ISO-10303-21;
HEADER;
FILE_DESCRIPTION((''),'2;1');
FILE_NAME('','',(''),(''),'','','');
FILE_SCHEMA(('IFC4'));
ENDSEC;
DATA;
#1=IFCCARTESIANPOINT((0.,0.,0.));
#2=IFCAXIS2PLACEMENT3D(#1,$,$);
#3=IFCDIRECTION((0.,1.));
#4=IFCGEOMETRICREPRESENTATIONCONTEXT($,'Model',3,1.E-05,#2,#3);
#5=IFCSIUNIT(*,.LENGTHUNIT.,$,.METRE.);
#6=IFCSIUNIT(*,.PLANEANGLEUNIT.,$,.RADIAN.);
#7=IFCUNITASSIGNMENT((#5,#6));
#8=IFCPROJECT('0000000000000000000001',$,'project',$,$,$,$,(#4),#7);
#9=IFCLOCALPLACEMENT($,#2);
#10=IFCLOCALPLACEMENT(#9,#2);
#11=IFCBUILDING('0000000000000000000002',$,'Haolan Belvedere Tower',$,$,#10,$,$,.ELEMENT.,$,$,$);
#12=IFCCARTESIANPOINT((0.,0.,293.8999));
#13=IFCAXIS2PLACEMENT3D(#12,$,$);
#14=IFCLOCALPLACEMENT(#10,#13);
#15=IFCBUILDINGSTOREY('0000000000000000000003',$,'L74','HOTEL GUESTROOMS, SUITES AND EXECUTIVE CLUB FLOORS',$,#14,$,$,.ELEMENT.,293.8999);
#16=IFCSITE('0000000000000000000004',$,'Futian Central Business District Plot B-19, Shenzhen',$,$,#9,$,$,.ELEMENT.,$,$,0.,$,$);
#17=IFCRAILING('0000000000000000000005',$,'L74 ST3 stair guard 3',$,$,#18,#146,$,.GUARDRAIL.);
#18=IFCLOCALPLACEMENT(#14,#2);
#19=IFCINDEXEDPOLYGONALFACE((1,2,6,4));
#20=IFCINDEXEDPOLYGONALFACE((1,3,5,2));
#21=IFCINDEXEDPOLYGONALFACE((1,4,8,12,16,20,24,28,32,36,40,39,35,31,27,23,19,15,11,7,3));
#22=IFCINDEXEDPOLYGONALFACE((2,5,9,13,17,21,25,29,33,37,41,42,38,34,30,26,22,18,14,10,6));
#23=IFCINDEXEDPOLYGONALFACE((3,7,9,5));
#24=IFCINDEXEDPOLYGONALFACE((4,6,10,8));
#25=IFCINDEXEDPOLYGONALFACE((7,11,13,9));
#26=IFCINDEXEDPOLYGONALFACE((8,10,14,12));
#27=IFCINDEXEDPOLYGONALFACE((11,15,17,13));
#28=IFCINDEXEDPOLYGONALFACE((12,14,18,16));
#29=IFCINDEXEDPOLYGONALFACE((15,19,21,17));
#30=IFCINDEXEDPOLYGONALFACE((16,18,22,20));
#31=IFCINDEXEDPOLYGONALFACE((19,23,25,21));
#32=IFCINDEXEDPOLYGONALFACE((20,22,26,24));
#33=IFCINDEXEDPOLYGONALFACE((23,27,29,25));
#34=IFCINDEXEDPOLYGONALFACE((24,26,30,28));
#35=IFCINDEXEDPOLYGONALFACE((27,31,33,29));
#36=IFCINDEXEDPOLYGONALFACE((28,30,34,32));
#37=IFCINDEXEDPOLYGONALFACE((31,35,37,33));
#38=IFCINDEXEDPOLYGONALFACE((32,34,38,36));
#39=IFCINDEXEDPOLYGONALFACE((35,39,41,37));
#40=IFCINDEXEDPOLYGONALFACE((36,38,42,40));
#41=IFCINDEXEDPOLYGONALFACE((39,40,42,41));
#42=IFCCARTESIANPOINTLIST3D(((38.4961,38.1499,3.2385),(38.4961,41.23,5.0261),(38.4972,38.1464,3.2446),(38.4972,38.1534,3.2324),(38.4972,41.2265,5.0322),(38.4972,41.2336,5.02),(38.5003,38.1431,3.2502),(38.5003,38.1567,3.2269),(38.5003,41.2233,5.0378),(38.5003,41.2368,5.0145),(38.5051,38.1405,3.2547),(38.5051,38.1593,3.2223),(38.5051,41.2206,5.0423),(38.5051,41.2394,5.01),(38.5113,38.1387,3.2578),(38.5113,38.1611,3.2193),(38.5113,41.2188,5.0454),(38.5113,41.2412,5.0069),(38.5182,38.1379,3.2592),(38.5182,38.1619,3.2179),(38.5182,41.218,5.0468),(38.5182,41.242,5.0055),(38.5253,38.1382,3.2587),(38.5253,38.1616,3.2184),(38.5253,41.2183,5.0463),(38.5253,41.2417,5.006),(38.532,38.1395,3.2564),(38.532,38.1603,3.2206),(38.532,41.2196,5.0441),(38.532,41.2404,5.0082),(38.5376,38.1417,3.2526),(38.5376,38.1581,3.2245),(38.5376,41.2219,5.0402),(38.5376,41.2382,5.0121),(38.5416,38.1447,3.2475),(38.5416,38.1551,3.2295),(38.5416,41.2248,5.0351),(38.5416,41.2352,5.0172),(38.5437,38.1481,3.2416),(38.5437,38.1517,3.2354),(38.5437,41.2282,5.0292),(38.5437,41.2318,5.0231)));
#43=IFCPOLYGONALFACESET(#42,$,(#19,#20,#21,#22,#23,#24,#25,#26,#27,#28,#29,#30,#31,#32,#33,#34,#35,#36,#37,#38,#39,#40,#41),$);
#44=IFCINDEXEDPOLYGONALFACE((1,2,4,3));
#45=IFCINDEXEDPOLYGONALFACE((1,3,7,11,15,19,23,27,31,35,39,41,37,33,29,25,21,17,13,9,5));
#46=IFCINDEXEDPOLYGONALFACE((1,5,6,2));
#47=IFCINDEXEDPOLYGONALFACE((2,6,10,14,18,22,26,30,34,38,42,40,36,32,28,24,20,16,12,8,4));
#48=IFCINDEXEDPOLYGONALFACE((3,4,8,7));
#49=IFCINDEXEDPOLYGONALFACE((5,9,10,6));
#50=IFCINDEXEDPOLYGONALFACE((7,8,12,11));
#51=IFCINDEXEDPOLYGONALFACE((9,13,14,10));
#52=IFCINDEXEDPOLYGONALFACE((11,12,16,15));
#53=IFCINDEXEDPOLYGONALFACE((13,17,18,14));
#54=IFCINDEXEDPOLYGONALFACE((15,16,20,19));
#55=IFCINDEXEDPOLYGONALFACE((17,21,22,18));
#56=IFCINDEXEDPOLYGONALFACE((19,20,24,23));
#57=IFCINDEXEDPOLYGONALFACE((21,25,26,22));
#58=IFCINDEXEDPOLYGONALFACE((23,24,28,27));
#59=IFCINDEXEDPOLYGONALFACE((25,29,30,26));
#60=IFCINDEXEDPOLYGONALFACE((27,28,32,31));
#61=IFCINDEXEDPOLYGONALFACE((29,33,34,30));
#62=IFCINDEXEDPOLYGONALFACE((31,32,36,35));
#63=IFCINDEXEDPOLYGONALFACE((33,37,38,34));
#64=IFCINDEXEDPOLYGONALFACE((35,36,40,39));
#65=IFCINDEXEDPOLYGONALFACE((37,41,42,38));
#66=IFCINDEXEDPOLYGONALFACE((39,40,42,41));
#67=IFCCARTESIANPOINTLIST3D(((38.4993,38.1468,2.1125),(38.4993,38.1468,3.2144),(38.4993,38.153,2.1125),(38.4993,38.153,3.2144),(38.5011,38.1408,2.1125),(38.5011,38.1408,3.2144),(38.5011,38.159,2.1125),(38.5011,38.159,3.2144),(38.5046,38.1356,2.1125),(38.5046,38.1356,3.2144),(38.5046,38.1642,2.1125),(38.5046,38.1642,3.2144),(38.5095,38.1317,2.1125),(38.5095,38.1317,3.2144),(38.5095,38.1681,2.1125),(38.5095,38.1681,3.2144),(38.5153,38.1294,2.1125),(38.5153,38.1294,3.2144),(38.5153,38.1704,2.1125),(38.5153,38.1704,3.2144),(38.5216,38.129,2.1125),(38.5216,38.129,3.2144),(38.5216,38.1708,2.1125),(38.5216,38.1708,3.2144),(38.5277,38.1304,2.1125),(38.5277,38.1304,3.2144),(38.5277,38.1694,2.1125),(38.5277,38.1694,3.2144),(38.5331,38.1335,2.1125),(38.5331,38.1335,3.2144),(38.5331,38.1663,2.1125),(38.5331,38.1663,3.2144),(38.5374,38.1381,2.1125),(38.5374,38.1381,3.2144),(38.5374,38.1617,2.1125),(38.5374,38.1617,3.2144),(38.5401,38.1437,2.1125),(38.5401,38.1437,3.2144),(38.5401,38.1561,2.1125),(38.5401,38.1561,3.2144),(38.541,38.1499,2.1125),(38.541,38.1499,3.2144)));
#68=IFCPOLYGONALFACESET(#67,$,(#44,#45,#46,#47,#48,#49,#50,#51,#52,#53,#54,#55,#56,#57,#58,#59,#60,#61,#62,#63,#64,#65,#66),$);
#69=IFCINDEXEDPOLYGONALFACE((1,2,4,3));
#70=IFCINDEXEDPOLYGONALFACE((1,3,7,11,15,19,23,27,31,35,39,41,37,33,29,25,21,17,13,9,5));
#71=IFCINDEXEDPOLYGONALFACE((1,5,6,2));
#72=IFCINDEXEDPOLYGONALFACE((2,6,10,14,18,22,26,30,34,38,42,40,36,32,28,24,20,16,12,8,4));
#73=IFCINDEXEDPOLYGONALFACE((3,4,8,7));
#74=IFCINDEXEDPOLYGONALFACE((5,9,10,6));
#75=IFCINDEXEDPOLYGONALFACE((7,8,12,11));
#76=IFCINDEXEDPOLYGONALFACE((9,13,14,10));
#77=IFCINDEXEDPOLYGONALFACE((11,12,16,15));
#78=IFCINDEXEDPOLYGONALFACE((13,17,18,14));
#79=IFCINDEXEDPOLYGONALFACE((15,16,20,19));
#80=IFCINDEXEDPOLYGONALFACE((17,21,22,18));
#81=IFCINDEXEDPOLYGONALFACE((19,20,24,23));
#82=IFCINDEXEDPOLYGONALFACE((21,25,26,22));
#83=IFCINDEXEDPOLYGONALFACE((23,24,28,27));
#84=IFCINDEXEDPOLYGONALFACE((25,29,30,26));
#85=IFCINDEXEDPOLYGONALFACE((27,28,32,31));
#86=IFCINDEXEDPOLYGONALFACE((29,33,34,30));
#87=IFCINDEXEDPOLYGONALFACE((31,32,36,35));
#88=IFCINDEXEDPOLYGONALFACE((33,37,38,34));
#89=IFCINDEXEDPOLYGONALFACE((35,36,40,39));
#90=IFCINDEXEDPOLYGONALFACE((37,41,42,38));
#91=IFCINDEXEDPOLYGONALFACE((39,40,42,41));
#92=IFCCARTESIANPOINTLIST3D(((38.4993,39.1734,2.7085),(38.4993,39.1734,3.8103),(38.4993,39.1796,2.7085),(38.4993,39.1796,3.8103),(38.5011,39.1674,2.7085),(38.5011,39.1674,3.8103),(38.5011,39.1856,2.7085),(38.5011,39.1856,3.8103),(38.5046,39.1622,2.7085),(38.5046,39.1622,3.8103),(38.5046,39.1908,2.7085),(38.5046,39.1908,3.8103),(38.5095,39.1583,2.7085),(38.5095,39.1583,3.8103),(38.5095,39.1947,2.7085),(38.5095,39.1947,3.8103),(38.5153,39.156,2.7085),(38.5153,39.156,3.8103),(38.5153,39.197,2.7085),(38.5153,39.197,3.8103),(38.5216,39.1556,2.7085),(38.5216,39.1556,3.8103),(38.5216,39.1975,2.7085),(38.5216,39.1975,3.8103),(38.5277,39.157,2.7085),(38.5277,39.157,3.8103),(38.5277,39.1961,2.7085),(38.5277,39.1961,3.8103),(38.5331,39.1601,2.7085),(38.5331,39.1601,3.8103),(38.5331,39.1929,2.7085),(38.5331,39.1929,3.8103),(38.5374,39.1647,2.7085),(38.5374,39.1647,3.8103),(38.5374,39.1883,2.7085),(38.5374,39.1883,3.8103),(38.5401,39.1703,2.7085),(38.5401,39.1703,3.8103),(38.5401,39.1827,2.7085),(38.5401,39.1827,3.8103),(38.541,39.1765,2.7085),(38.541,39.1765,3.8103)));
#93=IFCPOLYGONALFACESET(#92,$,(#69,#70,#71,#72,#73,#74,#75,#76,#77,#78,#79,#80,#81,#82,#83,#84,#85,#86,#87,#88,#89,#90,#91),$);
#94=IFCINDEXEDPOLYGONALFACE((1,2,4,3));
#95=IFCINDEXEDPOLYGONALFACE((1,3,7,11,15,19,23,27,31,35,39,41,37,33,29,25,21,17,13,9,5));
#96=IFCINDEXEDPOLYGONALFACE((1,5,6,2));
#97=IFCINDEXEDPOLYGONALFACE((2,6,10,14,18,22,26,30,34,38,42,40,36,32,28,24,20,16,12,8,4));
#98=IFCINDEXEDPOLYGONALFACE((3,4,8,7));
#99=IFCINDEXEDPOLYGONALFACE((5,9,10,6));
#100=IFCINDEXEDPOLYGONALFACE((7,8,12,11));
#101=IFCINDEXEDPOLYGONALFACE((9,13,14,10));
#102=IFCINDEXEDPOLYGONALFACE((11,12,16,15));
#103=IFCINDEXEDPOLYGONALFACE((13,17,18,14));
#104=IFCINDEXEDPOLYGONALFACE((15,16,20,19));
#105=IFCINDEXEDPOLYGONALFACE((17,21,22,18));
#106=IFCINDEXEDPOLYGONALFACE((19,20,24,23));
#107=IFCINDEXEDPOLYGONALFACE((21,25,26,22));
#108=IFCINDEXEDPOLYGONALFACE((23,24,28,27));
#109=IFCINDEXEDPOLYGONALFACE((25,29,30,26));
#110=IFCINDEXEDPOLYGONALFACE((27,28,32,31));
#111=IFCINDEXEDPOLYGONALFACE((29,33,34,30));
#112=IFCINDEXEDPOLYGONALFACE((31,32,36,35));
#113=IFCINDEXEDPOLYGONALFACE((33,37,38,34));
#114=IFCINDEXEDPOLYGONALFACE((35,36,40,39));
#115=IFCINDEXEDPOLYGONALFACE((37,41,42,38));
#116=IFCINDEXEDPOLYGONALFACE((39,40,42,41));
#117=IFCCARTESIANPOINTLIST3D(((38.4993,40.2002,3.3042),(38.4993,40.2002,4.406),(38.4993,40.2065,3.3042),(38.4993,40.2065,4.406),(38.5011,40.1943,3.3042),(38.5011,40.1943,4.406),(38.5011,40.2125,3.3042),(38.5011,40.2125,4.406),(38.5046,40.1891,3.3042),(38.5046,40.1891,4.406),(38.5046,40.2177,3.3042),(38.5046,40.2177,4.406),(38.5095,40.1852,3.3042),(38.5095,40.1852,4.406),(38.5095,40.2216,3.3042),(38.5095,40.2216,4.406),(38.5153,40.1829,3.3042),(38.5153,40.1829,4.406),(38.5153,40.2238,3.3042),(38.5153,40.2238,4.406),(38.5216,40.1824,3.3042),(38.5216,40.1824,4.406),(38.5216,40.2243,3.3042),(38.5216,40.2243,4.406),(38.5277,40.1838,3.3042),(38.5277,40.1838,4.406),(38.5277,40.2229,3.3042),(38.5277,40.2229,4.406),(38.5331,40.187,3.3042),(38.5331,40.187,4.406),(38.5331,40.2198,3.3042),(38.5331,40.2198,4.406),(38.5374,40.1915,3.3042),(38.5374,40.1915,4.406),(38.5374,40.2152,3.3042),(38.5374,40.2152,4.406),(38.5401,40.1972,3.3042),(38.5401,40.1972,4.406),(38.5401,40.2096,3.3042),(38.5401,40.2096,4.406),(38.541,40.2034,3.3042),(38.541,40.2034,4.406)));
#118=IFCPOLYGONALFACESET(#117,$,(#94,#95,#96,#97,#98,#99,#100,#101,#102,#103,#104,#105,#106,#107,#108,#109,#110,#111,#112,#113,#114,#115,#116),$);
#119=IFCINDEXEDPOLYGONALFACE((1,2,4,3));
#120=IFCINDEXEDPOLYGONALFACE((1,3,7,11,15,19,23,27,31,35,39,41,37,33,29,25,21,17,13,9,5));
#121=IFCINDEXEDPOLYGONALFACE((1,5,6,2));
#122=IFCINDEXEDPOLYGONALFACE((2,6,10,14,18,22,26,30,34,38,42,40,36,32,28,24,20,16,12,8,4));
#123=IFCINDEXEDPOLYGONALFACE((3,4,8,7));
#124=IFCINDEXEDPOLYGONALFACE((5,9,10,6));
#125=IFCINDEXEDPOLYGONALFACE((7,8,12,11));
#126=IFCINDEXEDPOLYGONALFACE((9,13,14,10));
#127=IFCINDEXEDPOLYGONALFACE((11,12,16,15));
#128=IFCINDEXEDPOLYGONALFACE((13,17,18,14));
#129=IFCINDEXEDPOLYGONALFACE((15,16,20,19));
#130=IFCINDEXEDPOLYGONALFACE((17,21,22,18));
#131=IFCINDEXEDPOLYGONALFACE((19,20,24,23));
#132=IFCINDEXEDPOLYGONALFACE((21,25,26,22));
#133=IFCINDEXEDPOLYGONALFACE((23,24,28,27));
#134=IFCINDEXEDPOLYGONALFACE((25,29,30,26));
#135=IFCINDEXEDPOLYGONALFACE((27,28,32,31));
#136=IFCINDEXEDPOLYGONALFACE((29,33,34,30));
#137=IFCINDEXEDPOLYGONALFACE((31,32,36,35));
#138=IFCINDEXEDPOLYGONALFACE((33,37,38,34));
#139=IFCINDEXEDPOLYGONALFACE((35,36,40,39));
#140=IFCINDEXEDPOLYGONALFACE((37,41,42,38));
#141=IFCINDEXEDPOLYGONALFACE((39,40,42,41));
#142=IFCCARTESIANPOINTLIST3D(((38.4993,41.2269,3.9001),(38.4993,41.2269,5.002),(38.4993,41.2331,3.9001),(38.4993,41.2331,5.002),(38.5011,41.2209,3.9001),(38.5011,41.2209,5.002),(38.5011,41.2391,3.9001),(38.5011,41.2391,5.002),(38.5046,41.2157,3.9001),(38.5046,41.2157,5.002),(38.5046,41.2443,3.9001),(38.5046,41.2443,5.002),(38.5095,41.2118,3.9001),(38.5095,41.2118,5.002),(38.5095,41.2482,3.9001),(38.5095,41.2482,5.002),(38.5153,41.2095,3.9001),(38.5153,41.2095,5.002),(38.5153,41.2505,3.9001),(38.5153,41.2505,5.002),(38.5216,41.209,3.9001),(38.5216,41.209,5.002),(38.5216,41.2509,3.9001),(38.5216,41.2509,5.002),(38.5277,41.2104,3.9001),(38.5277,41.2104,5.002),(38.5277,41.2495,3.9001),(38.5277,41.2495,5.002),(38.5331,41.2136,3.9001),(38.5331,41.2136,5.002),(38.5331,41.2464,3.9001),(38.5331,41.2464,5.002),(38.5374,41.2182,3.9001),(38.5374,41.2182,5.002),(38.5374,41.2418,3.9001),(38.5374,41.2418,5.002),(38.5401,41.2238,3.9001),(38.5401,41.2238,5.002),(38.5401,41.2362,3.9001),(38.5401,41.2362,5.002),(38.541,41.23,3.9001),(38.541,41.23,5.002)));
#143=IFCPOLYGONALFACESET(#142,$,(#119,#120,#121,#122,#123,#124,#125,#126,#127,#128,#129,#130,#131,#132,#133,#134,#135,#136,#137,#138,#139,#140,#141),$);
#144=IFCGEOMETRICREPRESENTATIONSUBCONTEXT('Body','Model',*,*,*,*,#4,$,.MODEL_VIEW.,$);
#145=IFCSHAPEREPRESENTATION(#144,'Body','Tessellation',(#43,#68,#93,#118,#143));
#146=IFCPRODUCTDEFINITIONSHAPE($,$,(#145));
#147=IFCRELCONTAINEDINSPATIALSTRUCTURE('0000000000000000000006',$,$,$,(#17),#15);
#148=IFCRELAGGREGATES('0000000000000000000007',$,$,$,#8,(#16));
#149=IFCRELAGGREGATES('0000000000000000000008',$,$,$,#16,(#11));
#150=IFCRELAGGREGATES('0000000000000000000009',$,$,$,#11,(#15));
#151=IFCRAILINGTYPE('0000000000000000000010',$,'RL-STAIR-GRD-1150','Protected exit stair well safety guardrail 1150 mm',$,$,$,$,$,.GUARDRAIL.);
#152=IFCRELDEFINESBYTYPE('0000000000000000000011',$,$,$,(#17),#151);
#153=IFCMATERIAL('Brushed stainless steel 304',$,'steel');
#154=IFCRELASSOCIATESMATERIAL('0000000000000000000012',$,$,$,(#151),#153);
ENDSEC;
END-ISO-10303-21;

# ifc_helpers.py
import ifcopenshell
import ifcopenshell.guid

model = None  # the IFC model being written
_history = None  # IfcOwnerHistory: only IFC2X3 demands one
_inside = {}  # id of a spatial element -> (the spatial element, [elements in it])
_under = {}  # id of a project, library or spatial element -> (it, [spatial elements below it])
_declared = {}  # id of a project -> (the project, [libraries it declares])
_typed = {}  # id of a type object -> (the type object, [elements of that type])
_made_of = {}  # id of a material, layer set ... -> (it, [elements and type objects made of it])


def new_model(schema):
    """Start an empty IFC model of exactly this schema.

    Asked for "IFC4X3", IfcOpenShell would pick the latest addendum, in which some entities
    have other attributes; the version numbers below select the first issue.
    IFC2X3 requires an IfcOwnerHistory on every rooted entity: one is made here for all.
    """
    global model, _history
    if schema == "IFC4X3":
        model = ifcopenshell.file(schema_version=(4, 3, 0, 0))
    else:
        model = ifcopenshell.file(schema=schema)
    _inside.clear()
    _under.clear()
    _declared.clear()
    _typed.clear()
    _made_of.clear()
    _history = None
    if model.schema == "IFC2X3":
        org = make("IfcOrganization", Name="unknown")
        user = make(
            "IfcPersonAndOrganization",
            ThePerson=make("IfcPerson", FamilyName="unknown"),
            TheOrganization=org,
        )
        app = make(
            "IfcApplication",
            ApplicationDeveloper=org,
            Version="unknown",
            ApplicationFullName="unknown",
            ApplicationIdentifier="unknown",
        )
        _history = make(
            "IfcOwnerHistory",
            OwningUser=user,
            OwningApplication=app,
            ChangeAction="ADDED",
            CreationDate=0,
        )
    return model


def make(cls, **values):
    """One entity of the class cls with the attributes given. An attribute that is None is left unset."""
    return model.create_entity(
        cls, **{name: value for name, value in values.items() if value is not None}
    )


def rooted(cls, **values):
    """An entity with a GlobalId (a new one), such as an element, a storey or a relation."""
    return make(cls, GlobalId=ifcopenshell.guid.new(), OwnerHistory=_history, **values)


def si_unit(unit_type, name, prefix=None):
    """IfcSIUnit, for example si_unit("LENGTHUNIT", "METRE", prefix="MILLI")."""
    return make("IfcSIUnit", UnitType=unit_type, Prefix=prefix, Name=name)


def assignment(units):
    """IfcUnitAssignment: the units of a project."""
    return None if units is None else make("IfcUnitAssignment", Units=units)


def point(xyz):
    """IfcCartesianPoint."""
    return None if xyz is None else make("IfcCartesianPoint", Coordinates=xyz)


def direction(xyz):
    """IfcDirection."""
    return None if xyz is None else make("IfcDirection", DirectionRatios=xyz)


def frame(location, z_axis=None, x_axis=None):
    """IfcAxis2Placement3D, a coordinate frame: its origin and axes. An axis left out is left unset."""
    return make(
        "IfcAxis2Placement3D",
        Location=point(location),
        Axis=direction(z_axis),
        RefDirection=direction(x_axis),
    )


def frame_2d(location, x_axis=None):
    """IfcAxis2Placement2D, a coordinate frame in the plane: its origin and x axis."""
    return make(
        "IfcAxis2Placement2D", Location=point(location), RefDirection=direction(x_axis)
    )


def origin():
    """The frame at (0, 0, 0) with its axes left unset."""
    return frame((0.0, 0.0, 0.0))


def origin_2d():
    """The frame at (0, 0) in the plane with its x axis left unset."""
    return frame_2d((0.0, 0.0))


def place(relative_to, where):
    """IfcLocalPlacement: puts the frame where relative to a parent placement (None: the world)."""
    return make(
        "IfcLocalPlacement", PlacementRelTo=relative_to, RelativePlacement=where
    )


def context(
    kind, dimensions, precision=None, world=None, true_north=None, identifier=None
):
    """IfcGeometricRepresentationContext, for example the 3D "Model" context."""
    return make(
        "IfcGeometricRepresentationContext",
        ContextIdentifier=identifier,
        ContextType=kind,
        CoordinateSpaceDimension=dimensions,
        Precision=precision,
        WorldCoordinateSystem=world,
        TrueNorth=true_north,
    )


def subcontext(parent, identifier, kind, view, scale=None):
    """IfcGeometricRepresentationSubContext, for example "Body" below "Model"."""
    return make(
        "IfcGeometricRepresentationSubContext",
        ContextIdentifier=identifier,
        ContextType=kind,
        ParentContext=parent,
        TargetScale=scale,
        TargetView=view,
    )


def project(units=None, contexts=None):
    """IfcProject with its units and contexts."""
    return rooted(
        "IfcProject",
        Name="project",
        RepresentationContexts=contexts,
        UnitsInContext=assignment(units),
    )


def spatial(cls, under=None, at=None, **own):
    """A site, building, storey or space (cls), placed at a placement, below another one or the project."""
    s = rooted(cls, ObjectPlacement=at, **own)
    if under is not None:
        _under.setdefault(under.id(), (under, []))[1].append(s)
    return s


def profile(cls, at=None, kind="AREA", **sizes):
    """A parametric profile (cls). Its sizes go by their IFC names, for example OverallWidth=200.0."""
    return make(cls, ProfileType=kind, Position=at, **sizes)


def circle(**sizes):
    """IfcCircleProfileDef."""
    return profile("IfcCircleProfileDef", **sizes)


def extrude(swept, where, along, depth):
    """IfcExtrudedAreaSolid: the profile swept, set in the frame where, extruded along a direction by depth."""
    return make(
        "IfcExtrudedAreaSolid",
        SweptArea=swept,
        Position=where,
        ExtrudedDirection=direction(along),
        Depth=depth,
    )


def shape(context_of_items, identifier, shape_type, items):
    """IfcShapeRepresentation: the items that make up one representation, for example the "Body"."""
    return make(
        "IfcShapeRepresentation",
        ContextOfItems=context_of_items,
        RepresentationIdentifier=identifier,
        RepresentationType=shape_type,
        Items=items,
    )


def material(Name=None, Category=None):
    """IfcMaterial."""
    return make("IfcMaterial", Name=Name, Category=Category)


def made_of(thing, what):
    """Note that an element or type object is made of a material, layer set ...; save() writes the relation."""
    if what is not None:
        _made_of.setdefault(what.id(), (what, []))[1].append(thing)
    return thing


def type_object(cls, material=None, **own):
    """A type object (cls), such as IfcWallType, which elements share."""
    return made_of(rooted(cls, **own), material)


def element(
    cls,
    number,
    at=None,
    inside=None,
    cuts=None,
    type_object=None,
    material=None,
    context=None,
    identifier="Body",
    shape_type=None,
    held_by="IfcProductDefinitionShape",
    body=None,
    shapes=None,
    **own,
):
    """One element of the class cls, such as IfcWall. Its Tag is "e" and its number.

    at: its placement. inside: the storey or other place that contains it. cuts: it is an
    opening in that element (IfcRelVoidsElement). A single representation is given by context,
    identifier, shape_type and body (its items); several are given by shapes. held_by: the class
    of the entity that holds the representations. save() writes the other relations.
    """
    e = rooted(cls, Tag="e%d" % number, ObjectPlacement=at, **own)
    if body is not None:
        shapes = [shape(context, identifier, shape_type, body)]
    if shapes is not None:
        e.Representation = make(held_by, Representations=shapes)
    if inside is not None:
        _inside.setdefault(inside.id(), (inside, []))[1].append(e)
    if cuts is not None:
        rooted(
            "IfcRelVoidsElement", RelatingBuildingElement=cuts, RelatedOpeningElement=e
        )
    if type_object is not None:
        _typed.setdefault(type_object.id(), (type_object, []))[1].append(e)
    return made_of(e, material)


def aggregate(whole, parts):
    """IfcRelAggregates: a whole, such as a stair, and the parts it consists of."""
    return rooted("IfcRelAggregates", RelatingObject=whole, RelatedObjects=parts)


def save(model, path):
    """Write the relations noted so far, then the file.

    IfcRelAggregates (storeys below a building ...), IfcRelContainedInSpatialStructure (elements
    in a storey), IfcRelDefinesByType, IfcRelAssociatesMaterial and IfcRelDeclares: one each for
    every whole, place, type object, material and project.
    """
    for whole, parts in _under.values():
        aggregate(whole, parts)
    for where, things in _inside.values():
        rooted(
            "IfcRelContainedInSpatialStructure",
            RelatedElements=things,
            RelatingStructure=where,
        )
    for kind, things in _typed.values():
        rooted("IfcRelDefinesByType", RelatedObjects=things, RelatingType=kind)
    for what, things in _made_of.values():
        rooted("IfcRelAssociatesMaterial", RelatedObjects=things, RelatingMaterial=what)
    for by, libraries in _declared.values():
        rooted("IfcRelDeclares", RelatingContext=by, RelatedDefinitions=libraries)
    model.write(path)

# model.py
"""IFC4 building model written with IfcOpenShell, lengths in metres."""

from ifc_helpers import new_model, si_unit, direction, frame, origin, origin_2d, place, context, subcontext, project, spatial, circle, extrude, material, type_object, element, save


model = new_model("IFC4")

# Units and contexts
model_context = context("Model", 3, precision=1e-05, world=origin(), true_north=direction((0.0, 1.0)))
body_context = subcontext(model_context, "Body", "Model", "MODEL_VIEW")
ifc_project = project(units=[si_unit("LENGTHUNIT", "METRE"), si_unit("PLANEANGLEUNIT", "RADIAN")], contexts=[model_context])

# Site, building, storey
site_placement = place(None, origin())
site = spatial("IfcSite", under=ifc_project, at=site_placement, Name="Futian Central Business District Plot B-19, Shenzhen", CompositionType="ELEMENT", RefElevation=0.0)
building_placement = place(site_placement, origin())
building = spatial("IfcBuilding", under=site, at=building_placement, Name="Haolan Belvedere Tower", CompositionType="ELEMENT")
storey_placement = place(building_placement, frame((0.0, 0.0, 293.8999)))
storey = spatial("IfcBuildingStorey", under=building, at=storey_placement, Name="L74", Description="HOTEL GUESTROOMS, SUITES AND EXECUTIVE CLUB FLOORS", CompositionType="ELEMENT", Elevation=293.8999)

# Railing
ifc_material_1 = material(Name="Brushed stainless steel 304", Category="steel")
railing_type_1 = type_object("IfcRailingType", Name="RL-STAIR-GRD-1150", Description="Protected exit stair well safety guardrail 1150 mm", PredefinedType="GUARDRAIL", material=ifc_material_1)
railing_1_placement = place(storey_placement, frame((38.52, 38.1499, 2.1125)))
element("IfcRailing", 1, at=railing_1_placement, inside=storey, type_object=railing_type_1, Name="L74 ST3 stair guard 3", PredefinedType="GUARDRAIL", context=body_context, shape_type="SweptSolid", body=[
    extrude(circle(Radius=0.0239, at=origin_2d()), frame((0.0, 0.0, 1.126), z_axis=(0.0, 0.864891, 0.50196), x_axis=(-1.0, 0.0, 0.0)), (0.0, 0.0, 1.0), 3.5613),
    extrude(circle(Radius=0.021, at=origin_2d()), origin(), (0.0, 0.0, 1.0), 1.1018),
    extrude(circle(Radius=0.021, at=origin_2d()), frame((0.0, 1.0266, 0.5959)), (0.0, 0.0, 1.0), 1.1018),
    extrude(circle(Radius=0.021, at=origin_2d()), frame((0.0, 2.0535, 1.1917)), (0.0, 0.0, 1.0), 1.1018),
    extrude(circle(Radius=0.021, at=origin_2d()), frame((0.0, 3.0801, 1.7876)), (0.0, 0.0, 1.0), 1.1018),
])

save(model, "model.ifc")
